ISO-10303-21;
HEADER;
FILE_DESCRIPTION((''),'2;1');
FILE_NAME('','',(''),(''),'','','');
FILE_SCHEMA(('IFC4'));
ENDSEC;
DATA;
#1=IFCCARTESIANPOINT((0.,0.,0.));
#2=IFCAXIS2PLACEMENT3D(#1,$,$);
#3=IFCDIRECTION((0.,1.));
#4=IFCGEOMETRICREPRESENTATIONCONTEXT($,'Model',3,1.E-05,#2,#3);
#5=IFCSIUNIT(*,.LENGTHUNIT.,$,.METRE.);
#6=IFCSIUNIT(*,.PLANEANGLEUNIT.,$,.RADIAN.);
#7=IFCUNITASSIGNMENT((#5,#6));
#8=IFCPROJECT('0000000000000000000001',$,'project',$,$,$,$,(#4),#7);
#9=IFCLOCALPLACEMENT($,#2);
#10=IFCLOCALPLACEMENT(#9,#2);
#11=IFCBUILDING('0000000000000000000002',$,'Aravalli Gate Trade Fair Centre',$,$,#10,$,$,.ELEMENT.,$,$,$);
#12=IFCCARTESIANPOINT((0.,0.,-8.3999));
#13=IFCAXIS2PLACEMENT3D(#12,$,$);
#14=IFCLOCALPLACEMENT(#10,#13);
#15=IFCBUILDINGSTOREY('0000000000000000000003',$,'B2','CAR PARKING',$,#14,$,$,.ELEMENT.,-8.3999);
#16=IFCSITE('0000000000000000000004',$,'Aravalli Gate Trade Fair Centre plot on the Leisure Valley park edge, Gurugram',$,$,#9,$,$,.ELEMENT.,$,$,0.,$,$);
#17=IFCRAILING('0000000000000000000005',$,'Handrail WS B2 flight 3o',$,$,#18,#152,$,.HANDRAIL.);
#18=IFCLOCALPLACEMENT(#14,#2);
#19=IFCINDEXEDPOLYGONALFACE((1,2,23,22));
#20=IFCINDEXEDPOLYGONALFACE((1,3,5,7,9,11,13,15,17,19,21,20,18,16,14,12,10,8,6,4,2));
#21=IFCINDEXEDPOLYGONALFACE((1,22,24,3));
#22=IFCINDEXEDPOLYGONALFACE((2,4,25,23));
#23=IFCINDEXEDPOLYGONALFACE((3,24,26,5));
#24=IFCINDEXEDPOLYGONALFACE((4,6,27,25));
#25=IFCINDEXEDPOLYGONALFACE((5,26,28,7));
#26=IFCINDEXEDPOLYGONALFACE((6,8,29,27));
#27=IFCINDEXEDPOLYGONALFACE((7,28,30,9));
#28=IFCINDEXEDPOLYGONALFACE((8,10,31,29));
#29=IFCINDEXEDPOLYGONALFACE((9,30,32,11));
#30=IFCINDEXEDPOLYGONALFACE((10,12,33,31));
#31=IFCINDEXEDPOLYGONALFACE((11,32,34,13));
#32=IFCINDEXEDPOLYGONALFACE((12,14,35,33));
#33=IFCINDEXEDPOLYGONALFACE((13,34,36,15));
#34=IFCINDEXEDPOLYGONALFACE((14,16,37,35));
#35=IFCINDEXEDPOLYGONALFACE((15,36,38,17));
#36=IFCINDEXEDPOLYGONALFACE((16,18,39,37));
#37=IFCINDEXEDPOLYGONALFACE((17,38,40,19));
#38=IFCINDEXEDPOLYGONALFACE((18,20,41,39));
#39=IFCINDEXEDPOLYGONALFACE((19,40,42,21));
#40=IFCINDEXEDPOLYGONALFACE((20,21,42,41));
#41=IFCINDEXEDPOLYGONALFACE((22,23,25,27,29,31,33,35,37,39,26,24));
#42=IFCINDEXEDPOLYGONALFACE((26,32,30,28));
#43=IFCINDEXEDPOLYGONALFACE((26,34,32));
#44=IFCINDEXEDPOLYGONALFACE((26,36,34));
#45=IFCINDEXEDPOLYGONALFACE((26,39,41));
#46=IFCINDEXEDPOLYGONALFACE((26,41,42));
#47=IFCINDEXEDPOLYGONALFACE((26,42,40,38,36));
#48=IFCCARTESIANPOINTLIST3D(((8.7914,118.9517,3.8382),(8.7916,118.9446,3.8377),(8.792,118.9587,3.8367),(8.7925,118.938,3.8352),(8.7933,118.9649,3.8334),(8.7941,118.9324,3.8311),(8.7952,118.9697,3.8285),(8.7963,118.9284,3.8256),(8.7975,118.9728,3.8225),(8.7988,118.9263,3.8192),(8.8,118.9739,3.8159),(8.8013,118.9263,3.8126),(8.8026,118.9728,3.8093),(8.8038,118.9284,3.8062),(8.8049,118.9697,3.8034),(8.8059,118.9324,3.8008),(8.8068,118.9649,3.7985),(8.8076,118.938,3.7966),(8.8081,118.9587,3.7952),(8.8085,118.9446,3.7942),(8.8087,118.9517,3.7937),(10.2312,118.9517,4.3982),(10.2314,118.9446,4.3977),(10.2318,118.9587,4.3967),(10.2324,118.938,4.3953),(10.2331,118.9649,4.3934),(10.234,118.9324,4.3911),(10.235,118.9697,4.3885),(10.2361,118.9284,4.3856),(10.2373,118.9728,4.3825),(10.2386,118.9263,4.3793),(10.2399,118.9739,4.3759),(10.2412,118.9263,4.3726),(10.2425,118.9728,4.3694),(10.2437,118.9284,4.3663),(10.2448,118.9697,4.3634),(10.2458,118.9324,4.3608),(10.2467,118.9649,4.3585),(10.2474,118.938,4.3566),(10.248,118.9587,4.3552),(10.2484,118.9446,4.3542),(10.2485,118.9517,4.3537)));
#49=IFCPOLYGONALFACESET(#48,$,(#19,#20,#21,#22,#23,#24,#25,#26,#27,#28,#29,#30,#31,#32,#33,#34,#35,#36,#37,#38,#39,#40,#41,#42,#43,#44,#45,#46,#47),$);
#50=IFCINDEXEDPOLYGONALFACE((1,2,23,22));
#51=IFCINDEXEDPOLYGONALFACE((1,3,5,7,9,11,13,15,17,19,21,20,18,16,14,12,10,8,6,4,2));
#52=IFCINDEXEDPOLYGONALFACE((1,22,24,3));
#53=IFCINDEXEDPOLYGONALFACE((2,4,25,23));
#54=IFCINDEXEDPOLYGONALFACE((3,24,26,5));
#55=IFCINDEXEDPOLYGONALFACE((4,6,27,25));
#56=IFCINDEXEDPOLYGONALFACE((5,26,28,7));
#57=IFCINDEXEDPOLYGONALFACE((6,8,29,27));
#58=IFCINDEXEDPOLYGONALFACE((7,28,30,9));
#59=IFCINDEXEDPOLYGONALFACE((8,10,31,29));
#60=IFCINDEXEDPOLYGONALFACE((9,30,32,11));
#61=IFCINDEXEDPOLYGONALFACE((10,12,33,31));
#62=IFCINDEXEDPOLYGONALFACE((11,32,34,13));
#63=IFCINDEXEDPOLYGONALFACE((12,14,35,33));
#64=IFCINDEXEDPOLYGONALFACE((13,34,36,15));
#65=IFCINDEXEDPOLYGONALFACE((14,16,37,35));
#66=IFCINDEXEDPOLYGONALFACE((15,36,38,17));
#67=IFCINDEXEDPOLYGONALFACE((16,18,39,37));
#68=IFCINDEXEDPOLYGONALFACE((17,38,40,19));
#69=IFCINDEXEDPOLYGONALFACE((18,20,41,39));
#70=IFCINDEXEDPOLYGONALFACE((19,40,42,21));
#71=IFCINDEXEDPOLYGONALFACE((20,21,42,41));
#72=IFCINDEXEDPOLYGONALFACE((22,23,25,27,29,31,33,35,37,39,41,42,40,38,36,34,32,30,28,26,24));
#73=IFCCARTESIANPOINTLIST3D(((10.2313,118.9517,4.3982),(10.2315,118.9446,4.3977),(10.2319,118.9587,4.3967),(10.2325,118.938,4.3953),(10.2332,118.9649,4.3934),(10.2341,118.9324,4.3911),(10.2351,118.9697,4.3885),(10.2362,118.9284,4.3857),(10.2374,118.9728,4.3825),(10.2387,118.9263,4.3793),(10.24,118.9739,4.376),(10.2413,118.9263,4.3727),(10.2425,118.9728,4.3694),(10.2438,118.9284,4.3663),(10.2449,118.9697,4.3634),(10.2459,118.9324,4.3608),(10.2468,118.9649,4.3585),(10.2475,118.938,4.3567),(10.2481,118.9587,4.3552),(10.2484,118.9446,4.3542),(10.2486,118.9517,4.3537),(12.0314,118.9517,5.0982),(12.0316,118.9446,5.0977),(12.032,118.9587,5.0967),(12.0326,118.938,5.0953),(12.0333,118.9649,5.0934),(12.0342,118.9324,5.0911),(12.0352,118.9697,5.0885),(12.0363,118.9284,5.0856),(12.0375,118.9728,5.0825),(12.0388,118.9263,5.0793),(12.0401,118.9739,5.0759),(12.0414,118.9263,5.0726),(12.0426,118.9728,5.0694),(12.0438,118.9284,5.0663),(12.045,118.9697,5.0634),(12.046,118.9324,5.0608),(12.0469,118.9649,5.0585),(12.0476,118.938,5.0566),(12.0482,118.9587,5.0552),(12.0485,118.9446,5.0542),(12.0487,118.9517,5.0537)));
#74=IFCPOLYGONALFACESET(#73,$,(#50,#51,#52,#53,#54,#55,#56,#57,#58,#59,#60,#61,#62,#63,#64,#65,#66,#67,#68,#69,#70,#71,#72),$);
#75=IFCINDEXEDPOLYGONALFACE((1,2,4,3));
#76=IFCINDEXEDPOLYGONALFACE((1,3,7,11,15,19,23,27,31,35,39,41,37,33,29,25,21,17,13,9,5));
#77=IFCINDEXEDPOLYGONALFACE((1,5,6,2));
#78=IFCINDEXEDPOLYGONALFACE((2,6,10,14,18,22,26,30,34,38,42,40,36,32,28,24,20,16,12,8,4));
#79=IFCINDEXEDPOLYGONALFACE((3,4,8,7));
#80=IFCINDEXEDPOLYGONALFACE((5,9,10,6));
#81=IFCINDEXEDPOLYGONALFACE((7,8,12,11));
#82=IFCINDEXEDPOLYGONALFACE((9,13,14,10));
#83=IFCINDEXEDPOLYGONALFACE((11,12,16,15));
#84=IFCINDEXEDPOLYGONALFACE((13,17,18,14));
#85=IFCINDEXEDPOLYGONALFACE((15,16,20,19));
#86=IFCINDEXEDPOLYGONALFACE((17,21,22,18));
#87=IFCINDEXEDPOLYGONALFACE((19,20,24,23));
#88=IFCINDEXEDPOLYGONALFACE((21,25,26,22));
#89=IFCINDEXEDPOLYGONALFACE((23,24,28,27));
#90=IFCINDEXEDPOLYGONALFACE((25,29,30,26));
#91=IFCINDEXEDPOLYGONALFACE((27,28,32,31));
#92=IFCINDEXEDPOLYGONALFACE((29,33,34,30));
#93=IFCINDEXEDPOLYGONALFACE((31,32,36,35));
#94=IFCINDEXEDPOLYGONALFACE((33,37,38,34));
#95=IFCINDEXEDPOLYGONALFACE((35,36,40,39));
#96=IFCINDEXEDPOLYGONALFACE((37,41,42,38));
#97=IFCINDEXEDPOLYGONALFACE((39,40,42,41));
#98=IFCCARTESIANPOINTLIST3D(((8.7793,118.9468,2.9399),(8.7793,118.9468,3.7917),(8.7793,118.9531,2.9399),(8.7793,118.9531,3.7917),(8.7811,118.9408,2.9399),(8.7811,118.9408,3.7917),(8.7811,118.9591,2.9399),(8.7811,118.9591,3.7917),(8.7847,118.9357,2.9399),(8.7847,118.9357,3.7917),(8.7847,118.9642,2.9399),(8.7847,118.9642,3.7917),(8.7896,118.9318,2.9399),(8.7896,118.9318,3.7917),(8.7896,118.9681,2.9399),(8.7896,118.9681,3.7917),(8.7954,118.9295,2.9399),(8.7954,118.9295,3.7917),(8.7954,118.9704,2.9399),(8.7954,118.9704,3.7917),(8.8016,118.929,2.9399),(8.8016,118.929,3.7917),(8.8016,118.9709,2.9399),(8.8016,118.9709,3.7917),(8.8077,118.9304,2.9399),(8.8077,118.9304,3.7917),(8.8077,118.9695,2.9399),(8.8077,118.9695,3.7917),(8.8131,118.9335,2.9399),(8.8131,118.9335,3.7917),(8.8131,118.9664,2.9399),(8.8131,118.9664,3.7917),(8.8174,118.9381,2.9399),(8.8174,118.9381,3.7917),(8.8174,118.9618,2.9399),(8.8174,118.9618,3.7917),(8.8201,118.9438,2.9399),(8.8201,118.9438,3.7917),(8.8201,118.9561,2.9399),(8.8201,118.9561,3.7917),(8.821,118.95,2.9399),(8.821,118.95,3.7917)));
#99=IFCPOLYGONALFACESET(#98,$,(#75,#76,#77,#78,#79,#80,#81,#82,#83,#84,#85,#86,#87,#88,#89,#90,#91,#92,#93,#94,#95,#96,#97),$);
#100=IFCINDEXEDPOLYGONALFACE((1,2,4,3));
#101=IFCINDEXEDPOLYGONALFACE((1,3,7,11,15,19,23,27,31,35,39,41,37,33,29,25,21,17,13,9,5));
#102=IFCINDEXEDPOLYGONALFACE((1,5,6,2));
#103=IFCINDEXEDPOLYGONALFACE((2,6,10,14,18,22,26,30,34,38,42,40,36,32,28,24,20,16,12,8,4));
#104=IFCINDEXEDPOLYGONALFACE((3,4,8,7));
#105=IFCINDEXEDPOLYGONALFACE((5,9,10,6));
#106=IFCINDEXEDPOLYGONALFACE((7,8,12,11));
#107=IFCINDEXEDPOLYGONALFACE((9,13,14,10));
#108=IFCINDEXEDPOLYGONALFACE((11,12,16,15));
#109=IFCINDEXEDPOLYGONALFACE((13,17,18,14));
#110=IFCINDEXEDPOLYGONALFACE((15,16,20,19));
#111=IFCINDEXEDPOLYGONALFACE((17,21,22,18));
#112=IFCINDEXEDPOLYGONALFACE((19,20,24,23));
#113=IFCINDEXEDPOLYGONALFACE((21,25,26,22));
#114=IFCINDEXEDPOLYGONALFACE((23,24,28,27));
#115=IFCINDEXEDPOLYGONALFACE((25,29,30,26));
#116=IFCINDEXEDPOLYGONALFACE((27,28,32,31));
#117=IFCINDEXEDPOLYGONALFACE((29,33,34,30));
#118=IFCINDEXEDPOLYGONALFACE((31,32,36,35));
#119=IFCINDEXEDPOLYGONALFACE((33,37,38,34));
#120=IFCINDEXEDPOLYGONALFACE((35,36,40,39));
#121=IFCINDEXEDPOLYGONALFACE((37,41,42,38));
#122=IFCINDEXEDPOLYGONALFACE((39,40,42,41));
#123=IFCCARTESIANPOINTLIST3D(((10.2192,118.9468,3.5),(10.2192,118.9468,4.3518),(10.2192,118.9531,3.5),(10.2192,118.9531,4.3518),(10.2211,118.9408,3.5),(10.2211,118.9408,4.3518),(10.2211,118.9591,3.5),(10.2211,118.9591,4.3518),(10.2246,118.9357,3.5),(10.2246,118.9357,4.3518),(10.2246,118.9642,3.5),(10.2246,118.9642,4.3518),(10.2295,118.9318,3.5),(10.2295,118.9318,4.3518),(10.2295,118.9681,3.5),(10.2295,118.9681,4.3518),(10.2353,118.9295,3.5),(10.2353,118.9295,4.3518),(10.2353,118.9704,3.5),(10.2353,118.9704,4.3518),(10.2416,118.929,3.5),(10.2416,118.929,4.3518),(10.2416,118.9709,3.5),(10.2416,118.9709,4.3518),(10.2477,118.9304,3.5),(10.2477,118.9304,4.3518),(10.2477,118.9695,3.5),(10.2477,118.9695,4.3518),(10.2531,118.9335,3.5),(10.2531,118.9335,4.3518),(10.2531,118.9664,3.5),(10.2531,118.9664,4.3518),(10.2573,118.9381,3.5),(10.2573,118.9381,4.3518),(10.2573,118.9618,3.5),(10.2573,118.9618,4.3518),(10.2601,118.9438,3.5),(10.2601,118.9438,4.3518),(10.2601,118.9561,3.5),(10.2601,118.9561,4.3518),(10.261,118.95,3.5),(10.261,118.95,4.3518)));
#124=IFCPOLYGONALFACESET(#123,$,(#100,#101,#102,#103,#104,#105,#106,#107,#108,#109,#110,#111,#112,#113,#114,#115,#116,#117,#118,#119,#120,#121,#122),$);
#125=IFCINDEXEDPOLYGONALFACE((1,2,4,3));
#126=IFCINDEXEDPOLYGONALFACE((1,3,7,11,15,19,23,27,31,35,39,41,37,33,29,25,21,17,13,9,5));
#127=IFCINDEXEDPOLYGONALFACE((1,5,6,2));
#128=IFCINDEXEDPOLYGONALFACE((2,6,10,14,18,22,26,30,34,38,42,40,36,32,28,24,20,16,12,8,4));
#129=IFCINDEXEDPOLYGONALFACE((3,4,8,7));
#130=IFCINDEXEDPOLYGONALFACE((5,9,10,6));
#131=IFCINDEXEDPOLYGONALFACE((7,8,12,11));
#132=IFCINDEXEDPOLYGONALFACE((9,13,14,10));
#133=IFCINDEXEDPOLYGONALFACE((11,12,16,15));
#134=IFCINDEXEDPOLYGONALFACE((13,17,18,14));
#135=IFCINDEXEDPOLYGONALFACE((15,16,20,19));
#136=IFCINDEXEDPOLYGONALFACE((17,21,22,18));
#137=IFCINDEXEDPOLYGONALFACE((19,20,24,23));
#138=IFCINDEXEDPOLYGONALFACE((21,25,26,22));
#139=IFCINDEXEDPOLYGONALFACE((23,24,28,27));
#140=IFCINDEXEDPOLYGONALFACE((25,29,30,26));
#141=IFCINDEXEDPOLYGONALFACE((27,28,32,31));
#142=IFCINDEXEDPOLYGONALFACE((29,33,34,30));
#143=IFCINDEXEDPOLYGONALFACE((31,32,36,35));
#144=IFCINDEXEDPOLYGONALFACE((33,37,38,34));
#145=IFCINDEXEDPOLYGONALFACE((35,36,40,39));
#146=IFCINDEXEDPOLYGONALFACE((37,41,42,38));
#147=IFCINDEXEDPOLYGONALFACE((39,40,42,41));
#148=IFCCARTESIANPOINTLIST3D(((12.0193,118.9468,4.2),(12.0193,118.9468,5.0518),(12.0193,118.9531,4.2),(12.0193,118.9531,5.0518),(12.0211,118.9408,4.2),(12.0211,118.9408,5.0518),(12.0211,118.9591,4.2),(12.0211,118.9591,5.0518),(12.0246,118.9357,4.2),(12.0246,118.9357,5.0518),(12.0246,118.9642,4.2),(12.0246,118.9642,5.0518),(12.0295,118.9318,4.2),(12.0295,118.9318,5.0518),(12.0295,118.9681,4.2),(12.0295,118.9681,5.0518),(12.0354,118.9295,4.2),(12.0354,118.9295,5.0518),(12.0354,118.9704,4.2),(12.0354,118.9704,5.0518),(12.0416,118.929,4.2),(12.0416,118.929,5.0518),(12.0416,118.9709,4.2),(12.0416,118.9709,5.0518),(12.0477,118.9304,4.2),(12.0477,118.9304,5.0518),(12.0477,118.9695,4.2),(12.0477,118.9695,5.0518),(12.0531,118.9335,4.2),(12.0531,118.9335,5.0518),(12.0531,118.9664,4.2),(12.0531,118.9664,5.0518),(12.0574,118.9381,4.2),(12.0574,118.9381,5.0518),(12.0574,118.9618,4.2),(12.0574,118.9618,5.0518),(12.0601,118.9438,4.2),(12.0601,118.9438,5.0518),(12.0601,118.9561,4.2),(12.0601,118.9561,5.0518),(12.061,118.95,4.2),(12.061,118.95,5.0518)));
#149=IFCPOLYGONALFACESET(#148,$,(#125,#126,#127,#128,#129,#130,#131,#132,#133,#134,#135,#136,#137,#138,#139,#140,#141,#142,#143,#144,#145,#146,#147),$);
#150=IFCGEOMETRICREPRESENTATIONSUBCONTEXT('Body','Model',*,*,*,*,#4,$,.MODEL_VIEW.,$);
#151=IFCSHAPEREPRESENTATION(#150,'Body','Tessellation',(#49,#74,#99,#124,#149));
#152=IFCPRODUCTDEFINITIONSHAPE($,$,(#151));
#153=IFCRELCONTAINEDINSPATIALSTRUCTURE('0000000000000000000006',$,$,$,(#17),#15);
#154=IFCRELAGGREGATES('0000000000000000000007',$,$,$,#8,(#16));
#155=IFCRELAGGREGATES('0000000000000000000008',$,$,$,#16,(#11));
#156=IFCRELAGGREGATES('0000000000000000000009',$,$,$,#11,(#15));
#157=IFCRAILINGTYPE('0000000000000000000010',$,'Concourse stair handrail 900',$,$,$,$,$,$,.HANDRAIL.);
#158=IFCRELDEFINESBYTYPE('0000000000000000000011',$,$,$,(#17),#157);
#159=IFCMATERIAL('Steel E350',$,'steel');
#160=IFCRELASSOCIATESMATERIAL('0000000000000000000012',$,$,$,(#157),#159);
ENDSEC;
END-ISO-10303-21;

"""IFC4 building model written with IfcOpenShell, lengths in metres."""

from ifc_helpers import new_model, si_unit, direction, frame, origin, origin_2d, place, context, subcontext, project, spatial, circle, extrude, material, type_object, element, save


model = new_model("IFC4")

# Units and contexts
model_context = context("Model", 3, precision=1e-05, world=origin(), true_north=direction((0.0, 1.0)))
body_context = subcontext(model_context, "Body", "Model", "MODEL_VIEW")
ifc_project = project(units=[si_unit("LENGTHUNIT", "METRE"), si_unit("PLANEANGLEUNIT", "RADIAN")], contexts=[model_context])

# Site, building, storey
site_placement = place(None, origin())
site = spatial("IfcSite", under=ifc_project, at=site_placement, Name="Aravalli Gate Trade Fair Centre plot on the Leisure Valley park edge, Gurugram", CompositionType="ELEMENT", RefElevation=0.0)
building_placement = place(site_placement, origin())
building = spatial("IfcBuilding", under=site, at=building_placement, Name="Aravalli Gate Trade Fair Centre", CompositionType="ELEMENT")
storey_placement = place(building_placement, frame((0.0, 0.0, -8.3999)))
storey = spatial("IfcBuildingStorey", under=building, at=storey_placement, Name="B2", Description="CAR PARKING", CompositionType="ELEMENT", Elevation=-8.3999)

# Railing
ifc_material_1 = material(Name="Steel E350", Category="steel")
railing_type = type_object("IfcRailingType", Name="Concourse stair handrail 900", PredefinedType="HANDRAIL", material=ifc_material_1)
for number, where, name in (
    (1, (8.8, 118.95, 2.9399), "Handrail WS B2 flight 3o"),
):
    element("IfcRailing", number, at=place(storey_placement, frame(where)), inside=storey, type_object=railing_type, Name=name, PredefinedType="HANDRAIL", context=body_context, shape_type="SweptSolid", body=[
        extrude(circle(Radius=0.0239, at=origin_2d()), frame((0.0, 0.0, 0.876), z_axis=(0.931987, 0.0, 0.362492), x_axis=(0.0, 1.0, 0.0)), (0.0, 0.0, 1.0), 1.5449),
        extrude(circle(Radius=0.0239, at=origin_2d()), frame((1.4399, 0.0, 1.436), z_axis=(0.932017, 0.0, 0.362416), x_axis=(0.0, 1.0, 0.0)), (0.0, 0.0, 1.0), 1.9314),
        extrude(circle(Radius=0.021, at=origin_2d()), origin(), (0.0, 0.0, 1.0), 0.8518),
        extrude(circle(Radius=0.021, at=origin_2d()), frame((1.4399, 0.0, 0.5601)), (0.0, 0.0, 1.0), 0.8518),
        extrude(circle(Radius=0.021, at=origin_2d()), frame((3.24, 0.0, 1.26)), (0.0, 0.0, 1.0), 0.8518),
    ])

save(model, "model.ifc")
